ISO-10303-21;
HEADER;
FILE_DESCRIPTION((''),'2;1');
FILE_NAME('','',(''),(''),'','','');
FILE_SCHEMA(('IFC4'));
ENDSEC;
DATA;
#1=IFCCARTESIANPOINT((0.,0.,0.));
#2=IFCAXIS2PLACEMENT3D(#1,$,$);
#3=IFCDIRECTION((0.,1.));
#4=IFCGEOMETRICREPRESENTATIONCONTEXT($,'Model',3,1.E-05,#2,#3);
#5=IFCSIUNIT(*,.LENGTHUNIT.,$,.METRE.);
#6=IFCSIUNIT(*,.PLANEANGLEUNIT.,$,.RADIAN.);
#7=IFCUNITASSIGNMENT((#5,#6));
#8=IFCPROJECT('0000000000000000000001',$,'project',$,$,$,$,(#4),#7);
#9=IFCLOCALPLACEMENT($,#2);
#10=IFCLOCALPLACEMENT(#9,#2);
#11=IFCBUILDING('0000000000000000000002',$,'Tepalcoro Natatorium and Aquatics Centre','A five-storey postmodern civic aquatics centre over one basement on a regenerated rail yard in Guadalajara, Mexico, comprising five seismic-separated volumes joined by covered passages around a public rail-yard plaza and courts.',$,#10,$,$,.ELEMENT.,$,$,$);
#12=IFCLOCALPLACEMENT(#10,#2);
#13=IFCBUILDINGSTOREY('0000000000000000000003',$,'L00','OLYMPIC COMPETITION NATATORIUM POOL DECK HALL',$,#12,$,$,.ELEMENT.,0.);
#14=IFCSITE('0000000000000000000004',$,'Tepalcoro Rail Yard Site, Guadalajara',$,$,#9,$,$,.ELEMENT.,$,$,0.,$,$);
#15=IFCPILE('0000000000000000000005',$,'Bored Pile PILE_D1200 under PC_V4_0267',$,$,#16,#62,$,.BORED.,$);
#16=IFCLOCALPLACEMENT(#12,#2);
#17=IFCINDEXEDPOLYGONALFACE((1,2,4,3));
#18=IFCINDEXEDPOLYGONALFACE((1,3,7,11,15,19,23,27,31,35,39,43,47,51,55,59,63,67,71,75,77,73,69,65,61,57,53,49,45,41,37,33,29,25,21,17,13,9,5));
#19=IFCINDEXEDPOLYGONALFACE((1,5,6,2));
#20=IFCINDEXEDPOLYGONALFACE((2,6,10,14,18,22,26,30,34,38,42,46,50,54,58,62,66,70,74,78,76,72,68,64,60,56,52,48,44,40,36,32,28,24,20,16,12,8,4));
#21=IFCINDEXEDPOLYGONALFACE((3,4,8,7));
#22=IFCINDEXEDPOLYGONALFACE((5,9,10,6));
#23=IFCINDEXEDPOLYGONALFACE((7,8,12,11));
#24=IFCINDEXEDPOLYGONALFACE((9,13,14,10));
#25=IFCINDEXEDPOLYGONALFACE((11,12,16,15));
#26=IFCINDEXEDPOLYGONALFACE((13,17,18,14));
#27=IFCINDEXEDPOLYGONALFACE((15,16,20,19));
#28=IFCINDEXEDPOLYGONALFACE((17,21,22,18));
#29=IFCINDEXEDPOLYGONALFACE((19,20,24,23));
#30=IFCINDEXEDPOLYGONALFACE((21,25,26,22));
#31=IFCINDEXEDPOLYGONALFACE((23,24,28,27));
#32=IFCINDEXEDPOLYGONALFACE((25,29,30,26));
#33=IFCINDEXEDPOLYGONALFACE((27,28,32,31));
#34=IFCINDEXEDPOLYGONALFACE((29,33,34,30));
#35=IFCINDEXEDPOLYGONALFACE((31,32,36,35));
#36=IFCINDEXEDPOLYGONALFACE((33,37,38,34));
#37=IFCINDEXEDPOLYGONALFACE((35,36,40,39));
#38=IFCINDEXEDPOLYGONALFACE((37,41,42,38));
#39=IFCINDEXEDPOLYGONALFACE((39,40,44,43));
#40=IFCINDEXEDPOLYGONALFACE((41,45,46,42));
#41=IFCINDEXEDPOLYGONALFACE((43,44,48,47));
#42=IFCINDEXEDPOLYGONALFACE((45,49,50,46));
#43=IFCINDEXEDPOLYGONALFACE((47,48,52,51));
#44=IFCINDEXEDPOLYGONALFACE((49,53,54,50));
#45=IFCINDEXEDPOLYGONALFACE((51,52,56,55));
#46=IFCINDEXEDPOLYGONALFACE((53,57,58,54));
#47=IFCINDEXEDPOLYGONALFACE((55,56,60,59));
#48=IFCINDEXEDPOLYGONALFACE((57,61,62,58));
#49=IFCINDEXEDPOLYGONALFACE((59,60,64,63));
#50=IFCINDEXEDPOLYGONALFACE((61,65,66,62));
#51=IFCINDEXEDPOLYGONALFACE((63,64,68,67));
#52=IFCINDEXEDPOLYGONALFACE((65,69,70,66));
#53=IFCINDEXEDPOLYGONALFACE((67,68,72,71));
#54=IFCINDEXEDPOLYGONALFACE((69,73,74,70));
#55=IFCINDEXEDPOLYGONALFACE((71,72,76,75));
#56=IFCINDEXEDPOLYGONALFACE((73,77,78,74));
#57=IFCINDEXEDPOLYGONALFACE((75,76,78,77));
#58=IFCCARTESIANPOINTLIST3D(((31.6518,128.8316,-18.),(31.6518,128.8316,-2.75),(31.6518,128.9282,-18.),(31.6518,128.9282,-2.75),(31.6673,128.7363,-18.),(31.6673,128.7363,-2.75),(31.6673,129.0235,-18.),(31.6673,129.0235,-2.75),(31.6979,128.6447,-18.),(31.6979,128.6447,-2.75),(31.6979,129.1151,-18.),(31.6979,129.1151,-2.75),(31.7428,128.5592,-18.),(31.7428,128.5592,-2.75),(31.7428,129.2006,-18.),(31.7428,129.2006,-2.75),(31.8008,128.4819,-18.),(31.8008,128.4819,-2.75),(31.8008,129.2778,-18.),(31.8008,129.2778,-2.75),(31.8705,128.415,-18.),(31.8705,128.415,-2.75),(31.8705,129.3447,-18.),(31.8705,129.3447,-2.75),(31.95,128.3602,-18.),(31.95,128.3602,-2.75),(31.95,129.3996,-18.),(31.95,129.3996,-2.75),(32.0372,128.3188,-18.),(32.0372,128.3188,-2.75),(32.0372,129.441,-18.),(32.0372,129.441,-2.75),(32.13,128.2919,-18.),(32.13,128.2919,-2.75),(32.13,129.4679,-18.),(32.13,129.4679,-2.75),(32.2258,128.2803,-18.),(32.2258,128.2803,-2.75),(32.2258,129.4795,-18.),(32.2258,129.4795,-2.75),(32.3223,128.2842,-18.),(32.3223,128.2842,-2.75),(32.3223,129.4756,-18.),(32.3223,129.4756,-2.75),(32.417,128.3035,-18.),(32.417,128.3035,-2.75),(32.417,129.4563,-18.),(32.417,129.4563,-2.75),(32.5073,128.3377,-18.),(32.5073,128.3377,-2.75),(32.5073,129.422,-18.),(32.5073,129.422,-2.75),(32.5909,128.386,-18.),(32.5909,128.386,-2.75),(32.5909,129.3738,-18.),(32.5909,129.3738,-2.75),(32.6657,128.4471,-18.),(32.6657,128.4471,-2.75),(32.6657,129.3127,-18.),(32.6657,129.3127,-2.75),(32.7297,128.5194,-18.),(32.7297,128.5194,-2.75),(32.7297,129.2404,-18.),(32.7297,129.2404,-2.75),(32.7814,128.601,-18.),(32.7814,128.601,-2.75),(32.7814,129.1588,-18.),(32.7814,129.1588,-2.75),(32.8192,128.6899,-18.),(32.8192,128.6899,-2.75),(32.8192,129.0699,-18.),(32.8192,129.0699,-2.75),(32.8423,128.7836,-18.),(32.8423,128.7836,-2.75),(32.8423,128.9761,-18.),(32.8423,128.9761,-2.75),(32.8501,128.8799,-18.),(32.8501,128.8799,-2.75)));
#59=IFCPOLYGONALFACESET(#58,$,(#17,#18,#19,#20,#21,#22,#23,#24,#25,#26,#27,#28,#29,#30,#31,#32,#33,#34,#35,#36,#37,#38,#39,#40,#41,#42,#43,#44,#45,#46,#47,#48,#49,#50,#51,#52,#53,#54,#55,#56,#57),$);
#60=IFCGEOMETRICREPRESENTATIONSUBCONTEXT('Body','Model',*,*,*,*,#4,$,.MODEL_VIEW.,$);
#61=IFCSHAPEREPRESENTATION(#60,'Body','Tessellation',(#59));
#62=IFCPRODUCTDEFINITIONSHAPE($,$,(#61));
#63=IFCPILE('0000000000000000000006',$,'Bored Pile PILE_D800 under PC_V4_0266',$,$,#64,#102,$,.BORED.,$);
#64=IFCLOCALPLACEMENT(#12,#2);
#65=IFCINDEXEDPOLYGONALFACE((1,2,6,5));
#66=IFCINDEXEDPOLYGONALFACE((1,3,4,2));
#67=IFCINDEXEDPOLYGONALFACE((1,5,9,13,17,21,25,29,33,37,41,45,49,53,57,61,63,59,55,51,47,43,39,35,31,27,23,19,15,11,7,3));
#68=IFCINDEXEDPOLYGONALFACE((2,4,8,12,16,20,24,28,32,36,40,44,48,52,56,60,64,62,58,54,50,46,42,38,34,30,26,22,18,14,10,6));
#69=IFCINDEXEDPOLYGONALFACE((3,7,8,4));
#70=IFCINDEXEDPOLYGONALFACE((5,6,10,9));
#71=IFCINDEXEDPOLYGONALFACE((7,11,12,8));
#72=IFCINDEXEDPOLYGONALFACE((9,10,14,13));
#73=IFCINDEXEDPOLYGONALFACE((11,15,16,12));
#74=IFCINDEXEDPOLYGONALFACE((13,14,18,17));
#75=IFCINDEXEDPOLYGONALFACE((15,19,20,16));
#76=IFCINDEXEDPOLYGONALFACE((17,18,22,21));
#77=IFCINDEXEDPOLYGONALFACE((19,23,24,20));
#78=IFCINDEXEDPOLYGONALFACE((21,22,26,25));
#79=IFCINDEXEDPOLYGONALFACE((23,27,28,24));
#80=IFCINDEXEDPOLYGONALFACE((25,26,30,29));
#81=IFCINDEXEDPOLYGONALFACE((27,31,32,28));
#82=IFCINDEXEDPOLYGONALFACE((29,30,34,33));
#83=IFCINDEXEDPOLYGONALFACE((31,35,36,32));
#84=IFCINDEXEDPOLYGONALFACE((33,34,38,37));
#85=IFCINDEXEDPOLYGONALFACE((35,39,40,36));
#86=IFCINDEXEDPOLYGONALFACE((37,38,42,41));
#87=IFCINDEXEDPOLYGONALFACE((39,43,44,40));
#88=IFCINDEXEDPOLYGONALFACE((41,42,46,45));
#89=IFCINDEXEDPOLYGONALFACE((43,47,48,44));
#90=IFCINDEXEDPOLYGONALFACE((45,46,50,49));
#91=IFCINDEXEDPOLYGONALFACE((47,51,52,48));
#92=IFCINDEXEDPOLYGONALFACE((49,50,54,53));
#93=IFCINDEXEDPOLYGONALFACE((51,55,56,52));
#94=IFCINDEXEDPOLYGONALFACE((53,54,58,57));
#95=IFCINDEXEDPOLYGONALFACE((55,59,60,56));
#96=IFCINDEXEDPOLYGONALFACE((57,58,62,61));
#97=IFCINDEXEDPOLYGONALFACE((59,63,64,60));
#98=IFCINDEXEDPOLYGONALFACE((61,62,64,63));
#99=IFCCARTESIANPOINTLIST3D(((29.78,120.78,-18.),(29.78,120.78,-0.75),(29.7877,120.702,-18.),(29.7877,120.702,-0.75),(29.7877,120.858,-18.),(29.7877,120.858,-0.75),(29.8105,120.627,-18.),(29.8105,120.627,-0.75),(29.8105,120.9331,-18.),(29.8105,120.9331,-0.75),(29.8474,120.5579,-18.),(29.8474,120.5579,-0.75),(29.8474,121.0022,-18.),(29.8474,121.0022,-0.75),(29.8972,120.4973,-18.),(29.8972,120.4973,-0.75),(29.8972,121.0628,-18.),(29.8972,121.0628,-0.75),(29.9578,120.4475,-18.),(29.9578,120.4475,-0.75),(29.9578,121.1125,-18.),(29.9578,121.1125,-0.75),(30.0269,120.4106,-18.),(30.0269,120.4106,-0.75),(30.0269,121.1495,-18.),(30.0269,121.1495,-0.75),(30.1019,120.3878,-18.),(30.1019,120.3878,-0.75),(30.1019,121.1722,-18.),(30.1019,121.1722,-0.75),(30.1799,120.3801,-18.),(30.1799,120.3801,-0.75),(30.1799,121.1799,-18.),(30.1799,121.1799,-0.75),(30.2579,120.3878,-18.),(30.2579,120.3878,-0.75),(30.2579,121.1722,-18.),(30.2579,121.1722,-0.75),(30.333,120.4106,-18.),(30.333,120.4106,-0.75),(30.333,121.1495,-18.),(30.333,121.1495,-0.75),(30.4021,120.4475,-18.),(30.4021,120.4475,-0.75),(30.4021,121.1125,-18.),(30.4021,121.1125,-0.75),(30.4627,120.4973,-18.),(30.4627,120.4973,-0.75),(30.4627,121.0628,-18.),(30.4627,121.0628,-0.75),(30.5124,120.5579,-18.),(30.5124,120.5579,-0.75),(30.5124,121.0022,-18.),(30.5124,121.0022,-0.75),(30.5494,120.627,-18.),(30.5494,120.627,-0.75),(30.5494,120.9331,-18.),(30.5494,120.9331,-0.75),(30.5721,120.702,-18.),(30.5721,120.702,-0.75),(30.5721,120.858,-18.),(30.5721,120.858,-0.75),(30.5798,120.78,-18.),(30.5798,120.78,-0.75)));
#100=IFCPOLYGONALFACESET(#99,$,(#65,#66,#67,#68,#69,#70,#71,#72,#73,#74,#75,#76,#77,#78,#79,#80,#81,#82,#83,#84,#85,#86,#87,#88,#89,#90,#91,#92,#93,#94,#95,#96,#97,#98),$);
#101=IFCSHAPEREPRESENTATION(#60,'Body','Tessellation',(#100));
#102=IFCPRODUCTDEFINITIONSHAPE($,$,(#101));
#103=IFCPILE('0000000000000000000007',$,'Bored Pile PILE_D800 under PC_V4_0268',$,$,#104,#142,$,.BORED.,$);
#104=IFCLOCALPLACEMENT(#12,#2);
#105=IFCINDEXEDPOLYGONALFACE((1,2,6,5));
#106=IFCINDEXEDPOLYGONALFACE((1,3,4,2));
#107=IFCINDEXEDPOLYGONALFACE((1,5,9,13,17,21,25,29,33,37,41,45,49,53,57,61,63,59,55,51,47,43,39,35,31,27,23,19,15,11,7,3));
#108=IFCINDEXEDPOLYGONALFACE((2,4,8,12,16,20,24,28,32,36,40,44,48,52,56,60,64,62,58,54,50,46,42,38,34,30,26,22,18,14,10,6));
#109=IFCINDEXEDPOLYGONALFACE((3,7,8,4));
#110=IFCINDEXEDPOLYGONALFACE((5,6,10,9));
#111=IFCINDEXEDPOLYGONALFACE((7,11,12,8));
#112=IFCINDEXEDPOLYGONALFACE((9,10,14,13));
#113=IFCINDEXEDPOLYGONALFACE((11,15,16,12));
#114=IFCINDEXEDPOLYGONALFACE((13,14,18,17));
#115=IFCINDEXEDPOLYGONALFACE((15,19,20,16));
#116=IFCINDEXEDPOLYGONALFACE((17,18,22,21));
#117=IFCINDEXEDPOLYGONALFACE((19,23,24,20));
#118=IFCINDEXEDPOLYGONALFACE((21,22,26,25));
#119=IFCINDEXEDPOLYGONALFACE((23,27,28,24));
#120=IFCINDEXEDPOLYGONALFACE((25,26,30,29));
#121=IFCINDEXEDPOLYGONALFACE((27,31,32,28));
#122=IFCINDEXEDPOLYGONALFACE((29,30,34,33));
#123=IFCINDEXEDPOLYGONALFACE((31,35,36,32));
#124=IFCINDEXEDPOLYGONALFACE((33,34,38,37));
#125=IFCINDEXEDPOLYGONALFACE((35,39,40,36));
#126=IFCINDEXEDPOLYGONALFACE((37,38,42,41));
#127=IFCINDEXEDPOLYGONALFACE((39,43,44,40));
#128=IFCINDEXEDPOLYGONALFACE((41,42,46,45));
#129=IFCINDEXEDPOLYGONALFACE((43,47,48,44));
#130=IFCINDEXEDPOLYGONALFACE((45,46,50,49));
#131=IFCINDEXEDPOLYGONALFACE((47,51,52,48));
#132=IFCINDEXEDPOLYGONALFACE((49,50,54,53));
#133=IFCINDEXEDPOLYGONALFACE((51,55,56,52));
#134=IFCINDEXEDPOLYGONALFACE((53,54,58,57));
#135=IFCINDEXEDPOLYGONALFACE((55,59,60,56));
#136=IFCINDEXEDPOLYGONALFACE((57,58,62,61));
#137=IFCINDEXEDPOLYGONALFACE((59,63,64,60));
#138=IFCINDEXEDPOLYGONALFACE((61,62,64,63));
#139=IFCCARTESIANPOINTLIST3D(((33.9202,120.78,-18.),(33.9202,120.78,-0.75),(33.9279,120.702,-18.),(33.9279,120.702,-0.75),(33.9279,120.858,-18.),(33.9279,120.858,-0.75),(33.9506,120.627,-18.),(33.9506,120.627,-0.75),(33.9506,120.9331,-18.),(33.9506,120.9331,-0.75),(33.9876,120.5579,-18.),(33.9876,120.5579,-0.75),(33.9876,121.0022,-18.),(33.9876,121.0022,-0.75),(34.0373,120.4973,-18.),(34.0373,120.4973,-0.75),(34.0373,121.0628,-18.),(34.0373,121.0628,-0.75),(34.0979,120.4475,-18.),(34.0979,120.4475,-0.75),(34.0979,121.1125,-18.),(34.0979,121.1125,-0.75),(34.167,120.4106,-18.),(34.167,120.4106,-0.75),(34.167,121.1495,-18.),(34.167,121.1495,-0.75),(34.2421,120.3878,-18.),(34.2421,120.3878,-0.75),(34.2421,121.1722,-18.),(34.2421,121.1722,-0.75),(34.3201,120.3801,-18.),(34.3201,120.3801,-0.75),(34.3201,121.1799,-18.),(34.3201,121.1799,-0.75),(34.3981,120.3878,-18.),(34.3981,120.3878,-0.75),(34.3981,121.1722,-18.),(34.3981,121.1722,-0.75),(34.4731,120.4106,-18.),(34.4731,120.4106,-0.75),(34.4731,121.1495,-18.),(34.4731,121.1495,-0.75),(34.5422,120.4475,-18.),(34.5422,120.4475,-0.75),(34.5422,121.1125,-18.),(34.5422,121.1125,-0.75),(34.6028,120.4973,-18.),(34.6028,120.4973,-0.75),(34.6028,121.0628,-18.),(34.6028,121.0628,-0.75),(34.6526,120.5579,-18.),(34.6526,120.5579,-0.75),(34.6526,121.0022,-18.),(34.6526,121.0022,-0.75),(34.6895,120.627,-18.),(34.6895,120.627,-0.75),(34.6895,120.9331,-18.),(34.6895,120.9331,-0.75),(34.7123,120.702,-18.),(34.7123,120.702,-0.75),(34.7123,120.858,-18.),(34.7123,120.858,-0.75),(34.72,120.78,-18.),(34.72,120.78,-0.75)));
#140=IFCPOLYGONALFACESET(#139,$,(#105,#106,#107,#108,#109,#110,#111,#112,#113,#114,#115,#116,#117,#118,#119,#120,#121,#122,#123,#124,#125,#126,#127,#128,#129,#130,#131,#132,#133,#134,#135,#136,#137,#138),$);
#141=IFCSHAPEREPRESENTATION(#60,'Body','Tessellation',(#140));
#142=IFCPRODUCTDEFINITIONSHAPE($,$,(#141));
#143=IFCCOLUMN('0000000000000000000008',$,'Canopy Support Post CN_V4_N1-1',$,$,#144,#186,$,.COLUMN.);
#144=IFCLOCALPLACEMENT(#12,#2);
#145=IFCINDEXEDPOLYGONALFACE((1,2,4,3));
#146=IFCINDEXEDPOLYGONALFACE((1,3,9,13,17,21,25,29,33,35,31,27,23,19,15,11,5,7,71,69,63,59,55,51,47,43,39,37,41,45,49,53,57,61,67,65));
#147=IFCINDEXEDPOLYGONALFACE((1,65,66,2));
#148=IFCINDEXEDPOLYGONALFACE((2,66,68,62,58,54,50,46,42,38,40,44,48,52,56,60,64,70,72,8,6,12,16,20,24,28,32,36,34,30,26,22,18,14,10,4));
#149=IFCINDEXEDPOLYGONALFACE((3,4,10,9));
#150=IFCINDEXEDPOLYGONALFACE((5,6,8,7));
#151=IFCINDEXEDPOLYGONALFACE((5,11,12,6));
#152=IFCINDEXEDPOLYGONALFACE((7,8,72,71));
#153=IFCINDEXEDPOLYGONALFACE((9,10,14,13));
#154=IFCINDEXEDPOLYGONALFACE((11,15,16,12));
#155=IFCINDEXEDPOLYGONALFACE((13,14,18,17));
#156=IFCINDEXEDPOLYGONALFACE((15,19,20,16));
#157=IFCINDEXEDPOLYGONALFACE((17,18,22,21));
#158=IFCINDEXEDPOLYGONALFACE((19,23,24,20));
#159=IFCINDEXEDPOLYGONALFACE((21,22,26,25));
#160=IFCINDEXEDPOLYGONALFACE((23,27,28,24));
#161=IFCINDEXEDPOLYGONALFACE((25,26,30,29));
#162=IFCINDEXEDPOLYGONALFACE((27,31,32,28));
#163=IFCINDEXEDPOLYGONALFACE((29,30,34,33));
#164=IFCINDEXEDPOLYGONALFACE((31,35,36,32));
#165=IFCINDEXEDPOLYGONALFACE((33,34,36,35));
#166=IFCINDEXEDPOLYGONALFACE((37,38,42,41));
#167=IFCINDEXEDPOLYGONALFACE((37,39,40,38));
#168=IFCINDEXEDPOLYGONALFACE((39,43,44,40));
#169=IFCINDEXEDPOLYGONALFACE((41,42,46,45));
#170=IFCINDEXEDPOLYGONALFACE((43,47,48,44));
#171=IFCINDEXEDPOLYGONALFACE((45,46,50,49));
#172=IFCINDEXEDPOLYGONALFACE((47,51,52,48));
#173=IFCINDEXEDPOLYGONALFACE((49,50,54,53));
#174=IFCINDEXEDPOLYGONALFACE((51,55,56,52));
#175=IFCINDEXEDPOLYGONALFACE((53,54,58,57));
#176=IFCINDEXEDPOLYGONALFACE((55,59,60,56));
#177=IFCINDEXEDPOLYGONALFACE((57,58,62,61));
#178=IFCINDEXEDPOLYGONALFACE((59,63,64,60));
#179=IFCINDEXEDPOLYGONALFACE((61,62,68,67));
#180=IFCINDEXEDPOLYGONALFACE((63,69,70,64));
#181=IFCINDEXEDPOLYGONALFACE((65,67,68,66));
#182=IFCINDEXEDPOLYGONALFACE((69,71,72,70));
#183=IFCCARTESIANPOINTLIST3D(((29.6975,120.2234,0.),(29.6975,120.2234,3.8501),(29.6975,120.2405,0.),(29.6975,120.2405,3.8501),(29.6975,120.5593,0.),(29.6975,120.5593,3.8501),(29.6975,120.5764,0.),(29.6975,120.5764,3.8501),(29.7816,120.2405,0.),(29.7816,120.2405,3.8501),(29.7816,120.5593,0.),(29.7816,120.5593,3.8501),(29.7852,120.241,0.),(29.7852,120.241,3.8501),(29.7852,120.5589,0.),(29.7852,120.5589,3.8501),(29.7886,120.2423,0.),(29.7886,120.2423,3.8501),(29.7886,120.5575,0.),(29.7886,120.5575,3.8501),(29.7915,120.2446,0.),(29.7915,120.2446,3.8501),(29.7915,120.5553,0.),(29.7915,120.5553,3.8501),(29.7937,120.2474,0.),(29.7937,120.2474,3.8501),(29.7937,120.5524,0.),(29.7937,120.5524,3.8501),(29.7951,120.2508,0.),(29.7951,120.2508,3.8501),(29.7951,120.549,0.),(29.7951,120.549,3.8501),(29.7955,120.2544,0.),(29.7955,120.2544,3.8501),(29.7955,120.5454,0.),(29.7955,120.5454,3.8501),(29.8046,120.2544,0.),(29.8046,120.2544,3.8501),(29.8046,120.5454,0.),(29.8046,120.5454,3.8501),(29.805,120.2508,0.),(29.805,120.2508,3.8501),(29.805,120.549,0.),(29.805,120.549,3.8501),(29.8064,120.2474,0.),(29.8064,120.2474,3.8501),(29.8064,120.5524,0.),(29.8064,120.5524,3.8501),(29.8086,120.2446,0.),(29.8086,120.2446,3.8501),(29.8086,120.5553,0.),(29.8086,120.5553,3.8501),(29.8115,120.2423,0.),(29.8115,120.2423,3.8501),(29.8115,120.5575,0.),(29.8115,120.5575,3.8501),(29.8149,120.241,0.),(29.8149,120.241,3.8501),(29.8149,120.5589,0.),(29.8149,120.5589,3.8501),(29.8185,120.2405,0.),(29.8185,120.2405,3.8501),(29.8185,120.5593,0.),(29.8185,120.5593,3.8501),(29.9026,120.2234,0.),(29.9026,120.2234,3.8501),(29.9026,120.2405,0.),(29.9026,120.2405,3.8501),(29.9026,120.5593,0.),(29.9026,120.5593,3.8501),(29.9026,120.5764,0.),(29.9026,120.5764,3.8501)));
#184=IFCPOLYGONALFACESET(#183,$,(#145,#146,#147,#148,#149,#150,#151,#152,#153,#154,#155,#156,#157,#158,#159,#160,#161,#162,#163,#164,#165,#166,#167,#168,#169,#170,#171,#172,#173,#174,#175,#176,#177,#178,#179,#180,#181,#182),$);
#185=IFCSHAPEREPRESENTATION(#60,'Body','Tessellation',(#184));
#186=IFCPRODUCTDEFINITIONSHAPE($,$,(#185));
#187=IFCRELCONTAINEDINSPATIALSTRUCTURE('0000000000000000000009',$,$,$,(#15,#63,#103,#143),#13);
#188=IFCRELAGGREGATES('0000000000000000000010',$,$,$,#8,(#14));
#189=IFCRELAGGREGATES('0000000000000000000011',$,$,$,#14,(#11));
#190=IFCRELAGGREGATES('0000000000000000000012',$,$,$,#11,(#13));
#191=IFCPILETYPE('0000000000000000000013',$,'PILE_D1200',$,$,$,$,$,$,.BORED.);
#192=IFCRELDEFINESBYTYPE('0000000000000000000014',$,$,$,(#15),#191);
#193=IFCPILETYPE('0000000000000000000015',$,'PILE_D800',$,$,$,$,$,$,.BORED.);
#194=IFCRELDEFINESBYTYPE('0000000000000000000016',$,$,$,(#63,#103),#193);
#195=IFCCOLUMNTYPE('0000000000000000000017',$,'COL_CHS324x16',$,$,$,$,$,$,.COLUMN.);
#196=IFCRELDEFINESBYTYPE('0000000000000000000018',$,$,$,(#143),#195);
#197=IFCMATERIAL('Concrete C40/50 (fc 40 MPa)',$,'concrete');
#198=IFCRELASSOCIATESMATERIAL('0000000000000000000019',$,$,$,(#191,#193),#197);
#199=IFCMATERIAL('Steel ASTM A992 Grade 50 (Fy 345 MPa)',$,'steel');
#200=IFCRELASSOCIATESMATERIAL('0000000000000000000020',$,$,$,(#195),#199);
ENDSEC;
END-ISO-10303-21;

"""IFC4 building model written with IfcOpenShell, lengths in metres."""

from ifc_helpers import new_model, si_unit, direction, frame, origin, origin_2d, place, context, subcontext, project, spatial, circle, i_section, extrude, material, material_profile, profile_set, type_object, element, save


model = new_model("IFC4")

# Units and contexts
model_context = context("Model", 3, precision=1e-05, world=origin(), true_north=direction((0.0, 1.0)))
body_context = subcontext(model_context, "Body", "Model", "MODEL_VIEW")
ifc_project = project(units=[si_unit("LENGTHUNIT", "METRE"), si_unit("PLANEANGLEUNIT", "RADIAN")], contexts=[model_context])

# Site, building, storey
site_placement = place(None, origin())
site = spatial("IfcSite", under=ifc_project, at=site_placement, Name="Tepalcoro Rail Yard Site, Guadalajara", CompositionType="ELEMENT", RefElevation=0.0)
building_placement = place(site_placement, origin())
building = spatial("IfcBuilding", under=site, at=building_placement, Name="Tepalcoro Natatorium and Aquatics Centre", Description="A five-storey postmodern civic aquatics centre over one basement on a regenerated rail yard in Guadalajara, Mexico, comprising five seismic-separated volumes joined by covered passages around a public rail-yard plaza and courts.", CompositionType="ELEMENT")
storey_placement = place(building_placement, origin())
storey = spatial("IfcBuildingStorey", under=building, at=storey_placement, Name="L00", Description="OLYMPIC COMPETITION NATATORIUM POOL DECK HALL", CompositionType="ELEMENT", Elevation=0.0)

# Piles
ifc_material_1 = material(Name="Concrete C40/50 (fc 40 MPa)", Category="concrete")
ifc_material_profile_1 = material_profile(ifc_material_1, circle(Radius=0.6001, at=origin_2d()), Name="PILE_D1200")
ifc_profile_set_1 = profile_set([ifc_material_profile_1], Name="Concrete C40/50 (fc 40 MPa)")
pile_type_1 = type_object("IfcPileType", Name="PILE_D1200", PredefinedType="BORED", material=ifc_profile_set_1)
pile_placement = place(storey_placement, frame((32.25, 128.8799, -2.75), z_axis=(0.0, 0.0, -1.0), x_axis=(1.0, 0.0, 0.0)))
element("IfcPile", 1, at=pile_placement, inside=storey, type_object=pile_type_1, Name="Bored Pile PILE_D1200 under PC_V4_0267", PredefinedType="BORED", context=body_context, shape_type="SweptSolid", body=[
    extrude(circle(Radius=0.6001, at=origin_2d()), origin(), (0.0, 0.0, 1.0), 15.25),
])
ifc_material_profile_2 = material_profile(ifc_material_1, circle(Radius=0.3999, at=origin_2d()), Name="PILE_D800")
ifc_profile_set_2 = profile_set([ifc_material_profile_2], Name="Concrete C40/50 (fc 40 MPa)")
pile_type_2 = type_object("IfcPileType", Name="PILE_D800", PredefinedType="BORED", material=ifc_profile_set_2)
for number, where, z_axis, x_axis, name in (
    (2, (30.1799, 120.78, -0.75), (0.0, 0.0, -1.0), (1.0, 0.0, 0.0), "Bored Pile PILE_D800 under PC_V4_0266"),
    (3, (34.3201, 120.78, -0.75), (0.0, 0.0, -1.0), (1.0, 0.0, 0.0), "Bored Pile PILE_D800 under PC_V4_0268"),
):
    element("IfcPile", number, at=place(storey_placement, frame(where, z_axis=z_axis, x_axis=x_axis)), inside=storey, type_object=pile_type_2, Name=name, PredefinedType="BORED", context=body_context, shape_type="SweptSolid", body=[
        extrude(circle(Radius=0.3999, at=origin_2d()), origin(), (0.0, 0.0, 1.0), 17.25),
    ])

# Column
ifc_material_2 = material(Name="Steel ASTM A992 Grade 50 (Fy 345 MPa)", Category="steel")
ifc_material_profile_3 = material_profile(ifc_material_2, i_section(OverallWidth=0.2051, OverallDepth=0.353, WebThickness=0.009, FlangeThickness=0.0171, FilletRadius=0.0139, at=origin_2d()), Name="W14X53")
ifc_profile_set_3 = profile_set([ifc_material_profile_3], Name="Steel ASTM A992 Grade 50 (Fy 345 MPa)")
column_type_1 = type_object("IfcColumnType", Name="COL_CHS324x16", PredefinedType="COLUMN", material=ifc_profile_set_3)
for number, where, z_axis, x_axis, name in (
    (4, (29.8, 120.3999, 0.0), (0.0, 0.0, 1.0), (1.0, 0.0, 0.0), "Canopy Support Post CN_V4_N1-1"),
):
    element("IfcColumn", number, at=place(storey_placement, frame(where, z_axis=z_axis, x_axis=x_axis)), inside=storey, type_object=column_type_1, Name=name, PredefinedType="COLUMN", context=body_context, shape_type="SweptSolid", body=[
        extrude(i_section(OverallWidth=0.2051, OverallDepth=0.353, WebThickness=0.009, FlangeThickness=0.0171, FilletRadius=0.0139, at=origin_2d()), origin(), (0.0, 0.0, 1.0), 3.8501),
    ])

save(model, "model.ifc")
